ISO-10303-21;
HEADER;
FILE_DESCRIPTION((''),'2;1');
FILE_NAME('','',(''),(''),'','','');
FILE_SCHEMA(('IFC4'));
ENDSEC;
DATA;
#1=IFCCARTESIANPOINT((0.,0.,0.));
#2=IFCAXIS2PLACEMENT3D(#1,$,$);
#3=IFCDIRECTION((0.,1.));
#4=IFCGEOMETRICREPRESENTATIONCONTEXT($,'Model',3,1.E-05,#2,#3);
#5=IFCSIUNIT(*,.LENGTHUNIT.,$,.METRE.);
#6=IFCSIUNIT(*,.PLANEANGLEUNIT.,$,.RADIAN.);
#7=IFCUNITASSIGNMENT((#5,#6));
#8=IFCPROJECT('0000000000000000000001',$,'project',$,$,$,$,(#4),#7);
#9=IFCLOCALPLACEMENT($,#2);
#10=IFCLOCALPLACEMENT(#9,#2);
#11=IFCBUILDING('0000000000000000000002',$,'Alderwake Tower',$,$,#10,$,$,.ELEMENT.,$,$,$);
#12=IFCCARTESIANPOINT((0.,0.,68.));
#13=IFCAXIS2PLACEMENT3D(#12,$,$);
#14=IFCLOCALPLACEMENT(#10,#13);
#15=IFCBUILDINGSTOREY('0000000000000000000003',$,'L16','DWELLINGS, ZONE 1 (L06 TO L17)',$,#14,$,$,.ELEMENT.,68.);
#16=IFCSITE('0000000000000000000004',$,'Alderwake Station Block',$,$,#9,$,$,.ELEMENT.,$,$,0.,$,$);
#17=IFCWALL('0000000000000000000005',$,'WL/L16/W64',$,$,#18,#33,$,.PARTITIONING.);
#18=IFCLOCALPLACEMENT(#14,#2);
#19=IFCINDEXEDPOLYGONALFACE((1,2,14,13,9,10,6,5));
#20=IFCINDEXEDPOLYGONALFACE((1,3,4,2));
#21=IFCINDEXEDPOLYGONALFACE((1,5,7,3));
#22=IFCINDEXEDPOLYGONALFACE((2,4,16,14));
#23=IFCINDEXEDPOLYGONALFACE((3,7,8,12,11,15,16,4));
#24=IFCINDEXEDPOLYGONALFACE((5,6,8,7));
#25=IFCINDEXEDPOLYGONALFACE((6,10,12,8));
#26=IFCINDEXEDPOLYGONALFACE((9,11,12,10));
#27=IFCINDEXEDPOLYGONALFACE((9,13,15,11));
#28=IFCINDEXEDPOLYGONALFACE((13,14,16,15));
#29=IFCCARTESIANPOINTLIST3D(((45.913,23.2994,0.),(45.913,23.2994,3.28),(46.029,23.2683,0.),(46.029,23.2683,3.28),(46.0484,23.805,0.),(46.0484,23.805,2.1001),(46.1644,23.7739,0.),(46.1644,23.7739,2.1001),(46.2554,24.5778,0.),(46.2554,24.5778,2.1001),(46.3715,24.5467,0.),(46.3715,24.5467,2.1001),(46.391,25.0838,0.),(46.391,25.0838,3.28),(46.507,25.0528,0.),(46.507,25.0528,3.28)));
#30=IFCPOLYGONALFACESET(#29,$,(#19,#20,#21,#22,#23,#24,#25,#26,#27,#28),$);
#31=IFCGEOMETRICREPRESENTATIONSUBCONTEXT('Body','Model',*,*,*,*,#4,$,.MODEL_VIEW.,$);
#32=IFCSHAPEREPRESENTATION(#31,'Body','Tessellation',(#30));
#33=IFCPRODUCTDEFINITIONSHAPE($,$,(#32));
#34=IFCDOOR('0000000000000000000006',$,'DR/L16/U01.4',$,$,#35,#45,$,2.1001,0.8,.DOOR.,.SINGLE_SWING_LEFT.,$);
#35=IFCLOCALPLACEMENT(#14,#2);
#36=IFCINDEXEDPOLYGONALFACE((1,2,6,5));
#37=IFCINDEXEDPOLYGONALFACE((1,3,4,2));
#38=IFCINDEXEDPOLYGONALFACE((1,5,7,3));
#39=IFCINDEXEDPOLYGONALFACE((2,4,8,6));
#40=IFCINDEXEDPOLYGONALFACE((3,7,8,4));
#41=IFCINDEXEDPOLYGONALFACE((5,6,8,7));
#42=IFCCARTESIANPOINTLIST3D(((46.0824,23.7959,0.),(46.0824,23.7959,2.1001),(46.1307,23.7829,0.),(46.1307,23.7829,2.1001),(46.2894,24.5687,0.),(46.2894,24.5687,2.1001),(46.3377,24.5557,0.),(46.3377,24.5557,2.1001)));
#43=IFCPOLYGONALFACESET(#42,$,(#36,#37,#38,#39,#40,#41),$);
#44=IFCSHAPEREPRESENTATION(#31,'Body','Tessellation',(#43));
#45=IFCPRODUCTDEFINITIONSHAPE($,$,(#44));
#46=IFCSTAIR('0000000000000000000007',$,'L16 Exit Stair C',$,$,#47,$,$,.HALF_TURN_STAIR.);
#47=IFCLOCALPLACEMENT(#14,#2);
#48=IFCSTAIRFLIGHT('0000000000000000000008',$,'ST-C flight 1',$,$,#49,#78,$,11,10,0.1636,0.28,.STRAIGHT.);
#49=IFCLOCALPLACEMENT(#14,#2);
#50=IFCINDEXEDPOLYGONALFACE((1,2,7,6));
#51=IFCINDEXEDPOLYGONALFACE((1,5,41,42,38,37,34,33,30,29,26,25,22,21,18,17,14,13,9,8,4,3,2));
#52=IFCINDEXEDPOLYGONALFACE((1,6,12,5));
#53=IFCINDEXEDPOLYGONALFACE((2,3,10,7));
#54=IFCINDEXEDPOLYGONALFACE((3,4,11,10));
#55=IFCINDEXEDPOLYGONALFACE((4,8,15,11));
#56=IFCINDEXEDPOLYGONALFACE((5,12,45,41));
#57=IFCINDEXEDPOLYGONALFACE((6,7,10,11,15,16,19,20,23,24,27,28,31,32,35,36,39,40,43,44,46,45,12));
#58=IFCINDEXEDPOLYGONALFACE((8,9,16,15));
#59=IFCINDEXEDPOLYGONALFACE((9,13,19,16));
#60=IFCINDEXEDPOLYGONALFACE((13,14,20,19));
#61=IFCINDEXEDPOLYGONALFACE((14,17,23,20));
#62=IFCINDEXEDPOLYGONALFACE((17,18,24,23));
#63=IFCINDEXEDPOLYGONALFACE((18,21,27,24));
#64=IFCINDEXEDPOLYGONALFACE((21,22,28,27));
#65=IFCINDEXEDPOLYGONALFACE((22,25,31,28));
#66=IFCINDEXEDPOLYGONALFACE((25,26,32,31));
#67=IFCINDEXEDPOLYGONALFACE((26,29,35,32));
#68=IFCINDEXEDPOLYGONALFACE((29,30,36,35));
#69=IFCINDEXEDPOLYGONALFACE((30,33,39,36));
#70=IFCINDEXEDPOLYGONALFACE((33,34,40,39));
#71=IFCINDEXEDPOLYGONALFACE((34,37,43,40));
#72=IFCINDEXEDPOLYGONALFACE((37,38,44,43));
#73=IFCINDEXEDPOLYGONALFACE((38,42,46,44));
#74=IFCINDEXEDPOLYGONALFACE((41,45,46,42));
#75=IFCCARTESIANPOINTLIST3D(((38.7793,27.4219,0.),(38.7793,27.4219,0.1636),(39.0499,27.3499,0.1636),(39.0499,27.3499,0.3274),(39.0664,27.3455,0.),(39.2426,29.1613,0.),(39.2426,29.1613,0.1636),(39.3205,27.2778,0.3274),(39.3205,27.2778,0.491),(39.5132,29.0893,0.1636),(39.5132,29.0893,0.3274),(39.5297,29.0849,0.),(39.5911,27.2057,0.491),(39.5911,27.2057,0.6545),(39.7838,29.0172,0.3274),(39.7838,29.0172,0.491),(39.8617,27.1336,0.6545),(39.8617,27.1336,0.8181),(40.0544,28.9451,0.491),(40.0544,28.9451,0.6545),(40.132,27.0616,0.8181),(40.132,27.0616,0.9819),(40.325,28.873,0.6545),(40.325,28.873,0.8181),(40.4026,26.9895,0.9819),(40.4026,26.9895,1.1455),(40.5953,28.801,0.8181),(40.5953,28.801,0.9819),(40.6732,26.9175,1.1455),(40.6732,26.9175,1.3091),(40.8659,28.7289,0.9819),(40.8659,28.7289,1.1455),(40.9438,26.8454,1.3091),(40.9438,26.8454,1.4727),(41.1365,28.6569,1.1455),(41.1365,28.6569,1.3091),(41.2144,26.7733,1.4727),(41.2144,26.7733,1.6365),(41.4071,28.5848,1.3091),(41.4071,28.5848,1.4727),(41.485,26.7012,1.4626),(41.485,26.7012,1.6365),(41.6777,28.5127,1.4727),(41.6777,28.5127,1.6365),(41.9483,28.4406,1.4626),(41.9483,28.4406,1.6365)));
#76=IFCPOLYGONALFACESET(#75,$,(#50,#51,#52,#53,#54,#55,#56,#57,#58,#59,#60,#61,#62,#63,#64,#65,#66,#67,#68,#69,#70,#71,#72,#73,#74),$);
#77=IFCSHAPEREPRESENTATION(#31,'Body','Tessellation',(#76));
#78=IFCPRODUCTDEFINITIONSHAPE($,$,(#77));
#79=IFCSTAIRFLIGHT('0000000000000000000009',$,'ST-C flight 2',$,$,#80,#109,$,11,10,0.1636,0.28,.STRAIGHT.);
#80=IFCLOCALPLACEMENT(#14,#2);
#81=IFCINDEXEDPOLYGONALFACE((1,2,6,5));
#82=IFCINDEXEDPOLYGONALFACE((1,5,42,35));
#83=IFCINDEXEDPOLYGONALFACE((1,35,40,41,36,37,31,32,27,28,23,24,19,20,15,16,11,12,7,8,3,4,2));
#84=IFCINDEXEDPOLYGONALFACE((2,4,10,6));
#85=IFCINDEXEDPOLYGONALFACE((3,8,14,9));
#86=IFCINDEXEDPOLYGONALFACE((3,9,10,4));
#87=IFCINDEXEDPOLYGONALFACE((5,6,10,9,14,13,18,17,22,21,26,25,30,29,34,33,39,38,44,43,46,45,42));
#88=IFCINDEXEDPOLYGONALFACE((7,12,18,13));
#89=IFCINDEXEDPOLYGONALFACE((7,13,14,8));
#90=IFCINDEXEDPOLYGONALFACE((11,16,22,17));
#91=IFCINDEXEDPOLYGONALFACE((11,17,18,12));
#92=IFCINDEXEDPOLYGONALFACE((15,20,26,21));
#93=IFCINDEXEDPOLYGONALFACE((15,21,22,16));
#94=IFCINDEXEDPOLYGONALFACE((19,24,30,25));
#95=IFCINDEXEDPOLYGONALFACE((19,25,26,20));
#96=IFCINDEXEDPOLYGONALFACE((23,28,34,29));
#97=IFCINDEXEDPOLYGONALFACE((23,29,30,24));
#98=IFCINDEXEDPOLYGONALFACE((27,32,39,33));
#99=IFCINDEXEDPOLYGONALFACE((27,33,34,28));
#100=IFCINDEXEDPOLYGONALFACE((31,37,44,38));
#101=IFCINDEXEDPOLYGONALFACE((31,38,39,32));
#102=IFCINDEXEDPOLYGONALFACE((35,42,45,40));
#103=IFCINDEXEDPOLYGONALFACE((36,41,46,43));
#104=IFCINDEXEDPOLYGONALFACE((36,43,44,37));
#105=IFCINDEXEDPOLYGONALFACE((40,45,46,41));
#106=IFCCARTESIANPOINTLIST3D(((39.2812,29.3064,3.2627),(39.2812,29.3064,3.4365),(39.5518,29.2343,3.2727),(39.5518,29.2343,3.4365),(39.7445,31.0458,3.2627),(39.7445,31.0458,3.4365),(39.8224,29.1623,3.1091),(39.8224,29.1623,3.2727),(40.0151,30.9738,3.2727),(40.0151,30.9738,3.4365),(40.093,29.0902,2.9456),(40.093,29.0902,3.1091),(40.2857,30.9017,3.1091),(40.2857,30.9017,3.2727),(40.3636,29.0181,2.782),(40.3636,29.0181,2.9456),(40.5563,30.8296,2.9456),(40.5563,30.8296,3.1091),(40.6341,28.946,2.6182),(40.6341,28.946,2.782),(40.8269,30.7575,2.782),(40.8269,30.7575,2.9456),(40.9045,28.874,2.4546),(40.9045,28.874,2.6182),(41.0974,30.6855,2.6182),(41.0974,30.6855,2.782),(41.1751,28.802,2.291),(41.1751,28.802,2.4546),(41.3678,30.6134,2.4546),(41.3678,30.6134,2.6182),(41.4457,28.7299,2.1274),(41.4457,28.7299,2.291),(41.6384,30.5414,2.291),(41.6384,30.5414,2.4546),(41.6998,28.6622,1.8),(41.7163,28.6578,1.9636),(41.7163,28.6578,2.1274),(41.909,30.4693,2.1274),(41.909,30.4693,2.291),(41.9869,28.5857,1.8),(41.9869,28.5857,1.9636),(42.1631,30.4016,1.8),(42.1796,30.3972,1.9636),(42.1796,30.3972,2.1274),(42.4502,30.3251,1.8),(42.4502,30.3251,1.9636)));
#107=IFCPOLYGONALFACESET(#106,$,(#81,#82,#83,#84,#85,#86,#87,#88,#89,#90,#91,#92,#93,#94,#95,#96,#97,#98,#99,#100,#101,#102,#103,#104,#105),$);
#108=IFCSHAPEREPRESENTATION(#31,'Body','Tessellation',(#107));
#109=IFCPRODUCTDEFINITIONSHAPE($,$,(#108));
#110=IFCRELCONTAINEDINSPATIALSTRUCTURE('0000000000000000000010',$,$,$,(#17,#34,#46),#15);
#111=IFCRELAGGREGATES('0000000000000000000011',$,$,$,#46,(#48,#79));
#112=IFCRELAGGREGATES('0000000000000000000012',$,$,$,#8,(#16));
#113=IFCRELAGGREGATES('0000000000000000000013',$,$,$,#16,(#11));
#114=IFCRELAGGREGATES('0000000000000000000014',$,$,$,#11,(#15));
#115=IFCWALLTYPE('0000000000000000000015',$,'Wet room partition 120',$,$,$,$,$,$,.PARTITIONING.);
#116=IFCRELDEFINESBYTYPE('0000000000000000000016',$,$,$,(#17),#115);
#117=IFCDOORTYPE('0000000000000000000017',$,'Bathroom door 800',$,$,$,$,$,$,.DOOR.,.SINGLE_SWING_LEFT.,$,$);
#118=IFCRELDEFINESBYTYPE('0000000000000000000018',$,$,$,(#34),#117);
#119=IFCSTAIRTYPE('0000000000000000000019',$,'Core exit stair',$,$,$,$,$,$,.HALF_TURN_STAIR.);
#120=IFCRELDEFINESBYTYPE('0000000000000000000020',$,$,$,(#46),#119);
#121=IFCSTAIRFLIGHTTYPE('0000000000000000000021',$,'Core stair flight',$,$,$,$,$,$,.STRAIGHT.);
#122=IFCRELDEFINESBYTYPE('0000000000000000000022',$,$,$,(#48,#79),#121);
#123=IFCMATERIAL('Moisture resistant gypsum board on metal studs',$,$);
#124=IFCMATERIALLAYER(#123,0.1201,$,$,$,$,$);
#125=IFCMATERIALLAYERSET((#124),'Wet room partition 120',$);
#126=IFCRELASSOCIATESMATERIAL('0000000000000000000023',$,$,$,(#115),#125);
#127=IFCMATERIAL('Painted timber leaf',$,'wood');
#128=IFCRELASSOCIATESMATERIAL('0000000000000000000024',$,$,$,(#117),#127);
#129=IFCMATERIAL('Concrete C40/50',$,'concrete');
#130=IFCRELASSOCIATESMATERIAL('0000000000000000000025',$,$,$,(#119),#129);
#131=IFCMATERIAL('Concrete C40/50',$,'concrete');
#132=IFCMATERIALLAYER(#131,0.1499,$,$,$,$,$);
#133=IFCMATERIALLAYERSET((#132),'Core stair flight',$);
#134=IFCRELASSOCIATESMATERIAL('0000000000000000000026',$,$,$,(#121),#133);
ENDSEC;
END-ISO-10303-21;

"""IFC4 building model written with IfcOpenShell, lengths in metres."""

from ifc_helpers import new_model, si_unit, direction, frame, frame_2d, origin, place, context, subcontext, project, spatial, polyline, rectangle, outline, extrude, material, layer, layer_set, type_object, element, fill, aggregate, save


model = new_model("IFC4")

# Units and contexts
model_context = context("Model", 3, precision=1e-05, world=origin(), true_north=direction((0.0, 1.0)))
body_context = subcontext(model_context, "Body", "Model", "MODEL_VIEW")
ifc_project = project(units=[si_unit("LENGTHUNIT", "METRE"), si_unit("PLANEANGLEUNIT", "RADIAN")], contexts=[model_context])

# Site, building, storey
site_placement = place(None, origin())
site = spatial("IfcSite", under=ifc_project, at=site_placement, Name="Alderwake Station Block", CompositionType="ELEMENT", RefElevation=0.0)
building_placement = place(site_placement, origin())
building = spatial("IfcBuilding", under=site, at=building_placement, Name="Alderwake Tower", CompositionType="ELEMENT")
storey_placement = place(building_placement, frame((0.0, 0.0, 68.0)))
storey = spatial("IfcBuildingStorey", under=building, at=storey_placement, Name="L16", Description="DWELLINGS, ZONE 1 (L06 TO L17)", CompositionType="ELEMENT", Elevation=68.0)

# Shared definitions
ifc_material_1 = material(Name="Moisture resistant gypsum board on metal studs")
ifc_layer_1 = layer(ifc_material_1, 0.1201)
ifc_layer_set_1 = layer_set([ifc_layer_1], Name="Wet room partition 120")
wall_type_1 = type_object("IfcWallType", Name="Wet room partition 120", PredefinedType="PARTITIONING", material=ifc_layer_set_1)

# Shared definitions
ifc_material_2 = material(Name="Painted timber leaf", Category="wood")
door_type_1 = type_object("IfcDoorType", Name="Bathroom door 800", OperationType="SINGLE_SWING_LEFT", PredefinedType="DOOR", material=ifc_material_2)

# Wall, opening, door
wall_1_placement = place(storey_placement, frame((45.9709, 23.2837, 0.0), z_axis=(0.0, 0.0, 1.0), x_axis=(0.258765, 0.96594, 0.0)))
wall_1 = element("IfcWall", 1, at=wall_1_placement, inside=storey, type_object=wall_type_1, Name="WL/L16/W64", PredefinedType="PARTITIONING", context=body_context, shape_type="SweptSolid", body=[
    extrude(rectangle(XDim=1.8474, YDim=0.1201, at=frame_2d((0.9238, 0.0))), origin(), (0.0, 0.0, 1.0), 3.28),
])
opening_1_placement = place(wall_1_placement, frame((0.5237, 0.0, 0.0)))
opening_1 = element("IfcOpeningElement", 2, at=opening_1_placement, cuts=wall_1, PredefinedType="OPENING", context=body_context, shape_type="SweptSolid", body=[
    extrude(rectangle(XDim=0.8, YDim=2.1001, at=frame_2d((0.3999, 1.05))), frame((0.0, 0.0701, 0.0), z_axis=(0.0, -1.0, 0.0), x_axis=(1.0, 0.0, 0.0)), (0.0, 0.0, 1.0), 0.1401),
])
door_1_placement = place(opening_1_placement, origin())
door_1 = element("IfcDoor", 3, at=door_1_placement, inside=storey, type_object=door_type_1, Name="DR/L16/U01.4", OperationType="SINGLE_SWING_LEFT", OverallHeight=2.1001, OverallWidth=0.8, PredefinedType="DOOR", context=body_context, shape_type="SweptSolid", body=[
    extrude(rectangle(XDim=0.8, YDim=2.1001, at=frame_2d((0.3999, 1.05))), frame((0.0, 0.0249, 0.0), z_axis=(0.0, -1.0, 0.0), x_axis=(1.0, 0.0, 0.0)), (0.0, 0.0, 1.0), 0.05),
])
fill(opening_1, door_1)

# Stair, stair flights
ifc_material_3 = material(Name="Concrete C40/50", Category="concrete")
stair_type = type_object("IfcStairType", Name="Core exit stair", PredefinedType="HALF_TURN_STAIR", material=ifc_material_3)
stair_placement = place(storey_placement, origin())
stair = element("IfcStair", 4, at=stair_placement, inside=storey, type_object=stair_type, Name="L16 Exit Stair C", PredefinedType="HALF_TURN_STAIR")
ifc_material_4 = material(Name="Concrete C40/50", Category="concrete")
ifc_layer_2 = layer(ifc_material_4, 0.1499)
ifc_layer_set_2 = layer_set([ifc_layer_2], Name="Core stair flight")
stair_flight_type = type_object("IfcStairFlightType", Name="Core stair flight", PredefinedType="STRAIGHT", material=ifc_layer_set_2)
stair_flight_1_placement = place(storey_placement, frame((39.011, 28.2917, 0.0), z_axis=(0.0, 0.0, 1.0), x_axis=(0.96631, -0.257382, 0.0)))
stair_flight_1 = element("IfcStairFlight", 5, at=stair_flight_1_placement, type_object=stair_flight_type, Name="ST-C flight 1", NumberOfRisers=11, NumberOfTreads=10, PredefinedType="STRAIGHT", RiserHeight=0.1636, TreadLength=0.28, context=body_context, shape_type="SweptSolid", body=[
    extrude(outline(polyline([(0.0, 0.0), (0.0, 0.1636), (0.28, 0.1636), (0.28, 0.3274), (0.5601, 0.3274), (0.5601, 0.491), (0.8401, 0.491), (0.8401, 0.6545), (1.1201, 0.6545), (1.1201, 0.8181), (1.3999, 0.8181), (1.3999, 0.9819), (1.6799, 0.9819), (1.6799, 1.1455), (1.96, 1.1455), (1.96, 1.3091), (2.24, 1.3091), (2.24, 1.4727), (2.52, 1.4727), (2.52, 1.6365), (2.8, 1.6365), (2.8, 1.8), (2.8, 1.4626), (0.2971, 0.0), (0.0, 0.0)])), frame((0.0, 0.8999, 0.0), z_axis=(0.0, -1.0, 0.0), x_axis=(1.0, 0.0, 0.0)), (0.0, 0.0, 1.0), 1.8),
])
stair_flight_2_placement = place(storey_placement, frame((42.2185, 29.4553, 1.8), z_axis=(0.0, 0.0, 1.0), x_axis=(-0.96631, 0.257382, 0.0)))
stair_flight_2 = element("IfcStairFlight", 6, at=stair_flight_2_placement, type_object=stair_flight_type, Name="ST-C flight 2", NumberOfRisers=11, NumberOfTreads=10, PredefinedType="STRAIGHT", RiserHeight=0.1636, TreadLength=0.28, context=body_context, shape_type="SweptSolid", body=[
    extrude(outline(polyline([(0.0, 0.0), (0.0, 0.1636), (0.28, 0.1636), (0.28, 0.3274), (0.5601, 0.3274), (0.5601, 0.491), (0.8401, 0.491), (0.8401, 0.6545), (1.1201, 0.6545), (1.1201, 0.8181), (1.3999, 0.8181), (1.3999, 0.9819), (1.6799, 0.9819), (1.6799, 1.1455), (1.96, 1.1455), (1.96, 1.3091), (2.24, 1.3091), (2.24, 1.4727), (2.52, 1.4727), (2.52, 1.6365), (2.8, 1.6365), (2.8, 1.8), (2.8, 1.4626), (0.2971, 0.0), (0.0, 0.0)])), frame((0.0, 0.8999, 0.0), z_axis=(0.0, -1.0, 0.0), x_axis=(1.0, 0.0, 0.0)), (0.0, 0.0, 1.0), 1.8),
])
aggregate(stair, [stair_flight_1, stair_flight_2])

save(model, "model.ifc")
